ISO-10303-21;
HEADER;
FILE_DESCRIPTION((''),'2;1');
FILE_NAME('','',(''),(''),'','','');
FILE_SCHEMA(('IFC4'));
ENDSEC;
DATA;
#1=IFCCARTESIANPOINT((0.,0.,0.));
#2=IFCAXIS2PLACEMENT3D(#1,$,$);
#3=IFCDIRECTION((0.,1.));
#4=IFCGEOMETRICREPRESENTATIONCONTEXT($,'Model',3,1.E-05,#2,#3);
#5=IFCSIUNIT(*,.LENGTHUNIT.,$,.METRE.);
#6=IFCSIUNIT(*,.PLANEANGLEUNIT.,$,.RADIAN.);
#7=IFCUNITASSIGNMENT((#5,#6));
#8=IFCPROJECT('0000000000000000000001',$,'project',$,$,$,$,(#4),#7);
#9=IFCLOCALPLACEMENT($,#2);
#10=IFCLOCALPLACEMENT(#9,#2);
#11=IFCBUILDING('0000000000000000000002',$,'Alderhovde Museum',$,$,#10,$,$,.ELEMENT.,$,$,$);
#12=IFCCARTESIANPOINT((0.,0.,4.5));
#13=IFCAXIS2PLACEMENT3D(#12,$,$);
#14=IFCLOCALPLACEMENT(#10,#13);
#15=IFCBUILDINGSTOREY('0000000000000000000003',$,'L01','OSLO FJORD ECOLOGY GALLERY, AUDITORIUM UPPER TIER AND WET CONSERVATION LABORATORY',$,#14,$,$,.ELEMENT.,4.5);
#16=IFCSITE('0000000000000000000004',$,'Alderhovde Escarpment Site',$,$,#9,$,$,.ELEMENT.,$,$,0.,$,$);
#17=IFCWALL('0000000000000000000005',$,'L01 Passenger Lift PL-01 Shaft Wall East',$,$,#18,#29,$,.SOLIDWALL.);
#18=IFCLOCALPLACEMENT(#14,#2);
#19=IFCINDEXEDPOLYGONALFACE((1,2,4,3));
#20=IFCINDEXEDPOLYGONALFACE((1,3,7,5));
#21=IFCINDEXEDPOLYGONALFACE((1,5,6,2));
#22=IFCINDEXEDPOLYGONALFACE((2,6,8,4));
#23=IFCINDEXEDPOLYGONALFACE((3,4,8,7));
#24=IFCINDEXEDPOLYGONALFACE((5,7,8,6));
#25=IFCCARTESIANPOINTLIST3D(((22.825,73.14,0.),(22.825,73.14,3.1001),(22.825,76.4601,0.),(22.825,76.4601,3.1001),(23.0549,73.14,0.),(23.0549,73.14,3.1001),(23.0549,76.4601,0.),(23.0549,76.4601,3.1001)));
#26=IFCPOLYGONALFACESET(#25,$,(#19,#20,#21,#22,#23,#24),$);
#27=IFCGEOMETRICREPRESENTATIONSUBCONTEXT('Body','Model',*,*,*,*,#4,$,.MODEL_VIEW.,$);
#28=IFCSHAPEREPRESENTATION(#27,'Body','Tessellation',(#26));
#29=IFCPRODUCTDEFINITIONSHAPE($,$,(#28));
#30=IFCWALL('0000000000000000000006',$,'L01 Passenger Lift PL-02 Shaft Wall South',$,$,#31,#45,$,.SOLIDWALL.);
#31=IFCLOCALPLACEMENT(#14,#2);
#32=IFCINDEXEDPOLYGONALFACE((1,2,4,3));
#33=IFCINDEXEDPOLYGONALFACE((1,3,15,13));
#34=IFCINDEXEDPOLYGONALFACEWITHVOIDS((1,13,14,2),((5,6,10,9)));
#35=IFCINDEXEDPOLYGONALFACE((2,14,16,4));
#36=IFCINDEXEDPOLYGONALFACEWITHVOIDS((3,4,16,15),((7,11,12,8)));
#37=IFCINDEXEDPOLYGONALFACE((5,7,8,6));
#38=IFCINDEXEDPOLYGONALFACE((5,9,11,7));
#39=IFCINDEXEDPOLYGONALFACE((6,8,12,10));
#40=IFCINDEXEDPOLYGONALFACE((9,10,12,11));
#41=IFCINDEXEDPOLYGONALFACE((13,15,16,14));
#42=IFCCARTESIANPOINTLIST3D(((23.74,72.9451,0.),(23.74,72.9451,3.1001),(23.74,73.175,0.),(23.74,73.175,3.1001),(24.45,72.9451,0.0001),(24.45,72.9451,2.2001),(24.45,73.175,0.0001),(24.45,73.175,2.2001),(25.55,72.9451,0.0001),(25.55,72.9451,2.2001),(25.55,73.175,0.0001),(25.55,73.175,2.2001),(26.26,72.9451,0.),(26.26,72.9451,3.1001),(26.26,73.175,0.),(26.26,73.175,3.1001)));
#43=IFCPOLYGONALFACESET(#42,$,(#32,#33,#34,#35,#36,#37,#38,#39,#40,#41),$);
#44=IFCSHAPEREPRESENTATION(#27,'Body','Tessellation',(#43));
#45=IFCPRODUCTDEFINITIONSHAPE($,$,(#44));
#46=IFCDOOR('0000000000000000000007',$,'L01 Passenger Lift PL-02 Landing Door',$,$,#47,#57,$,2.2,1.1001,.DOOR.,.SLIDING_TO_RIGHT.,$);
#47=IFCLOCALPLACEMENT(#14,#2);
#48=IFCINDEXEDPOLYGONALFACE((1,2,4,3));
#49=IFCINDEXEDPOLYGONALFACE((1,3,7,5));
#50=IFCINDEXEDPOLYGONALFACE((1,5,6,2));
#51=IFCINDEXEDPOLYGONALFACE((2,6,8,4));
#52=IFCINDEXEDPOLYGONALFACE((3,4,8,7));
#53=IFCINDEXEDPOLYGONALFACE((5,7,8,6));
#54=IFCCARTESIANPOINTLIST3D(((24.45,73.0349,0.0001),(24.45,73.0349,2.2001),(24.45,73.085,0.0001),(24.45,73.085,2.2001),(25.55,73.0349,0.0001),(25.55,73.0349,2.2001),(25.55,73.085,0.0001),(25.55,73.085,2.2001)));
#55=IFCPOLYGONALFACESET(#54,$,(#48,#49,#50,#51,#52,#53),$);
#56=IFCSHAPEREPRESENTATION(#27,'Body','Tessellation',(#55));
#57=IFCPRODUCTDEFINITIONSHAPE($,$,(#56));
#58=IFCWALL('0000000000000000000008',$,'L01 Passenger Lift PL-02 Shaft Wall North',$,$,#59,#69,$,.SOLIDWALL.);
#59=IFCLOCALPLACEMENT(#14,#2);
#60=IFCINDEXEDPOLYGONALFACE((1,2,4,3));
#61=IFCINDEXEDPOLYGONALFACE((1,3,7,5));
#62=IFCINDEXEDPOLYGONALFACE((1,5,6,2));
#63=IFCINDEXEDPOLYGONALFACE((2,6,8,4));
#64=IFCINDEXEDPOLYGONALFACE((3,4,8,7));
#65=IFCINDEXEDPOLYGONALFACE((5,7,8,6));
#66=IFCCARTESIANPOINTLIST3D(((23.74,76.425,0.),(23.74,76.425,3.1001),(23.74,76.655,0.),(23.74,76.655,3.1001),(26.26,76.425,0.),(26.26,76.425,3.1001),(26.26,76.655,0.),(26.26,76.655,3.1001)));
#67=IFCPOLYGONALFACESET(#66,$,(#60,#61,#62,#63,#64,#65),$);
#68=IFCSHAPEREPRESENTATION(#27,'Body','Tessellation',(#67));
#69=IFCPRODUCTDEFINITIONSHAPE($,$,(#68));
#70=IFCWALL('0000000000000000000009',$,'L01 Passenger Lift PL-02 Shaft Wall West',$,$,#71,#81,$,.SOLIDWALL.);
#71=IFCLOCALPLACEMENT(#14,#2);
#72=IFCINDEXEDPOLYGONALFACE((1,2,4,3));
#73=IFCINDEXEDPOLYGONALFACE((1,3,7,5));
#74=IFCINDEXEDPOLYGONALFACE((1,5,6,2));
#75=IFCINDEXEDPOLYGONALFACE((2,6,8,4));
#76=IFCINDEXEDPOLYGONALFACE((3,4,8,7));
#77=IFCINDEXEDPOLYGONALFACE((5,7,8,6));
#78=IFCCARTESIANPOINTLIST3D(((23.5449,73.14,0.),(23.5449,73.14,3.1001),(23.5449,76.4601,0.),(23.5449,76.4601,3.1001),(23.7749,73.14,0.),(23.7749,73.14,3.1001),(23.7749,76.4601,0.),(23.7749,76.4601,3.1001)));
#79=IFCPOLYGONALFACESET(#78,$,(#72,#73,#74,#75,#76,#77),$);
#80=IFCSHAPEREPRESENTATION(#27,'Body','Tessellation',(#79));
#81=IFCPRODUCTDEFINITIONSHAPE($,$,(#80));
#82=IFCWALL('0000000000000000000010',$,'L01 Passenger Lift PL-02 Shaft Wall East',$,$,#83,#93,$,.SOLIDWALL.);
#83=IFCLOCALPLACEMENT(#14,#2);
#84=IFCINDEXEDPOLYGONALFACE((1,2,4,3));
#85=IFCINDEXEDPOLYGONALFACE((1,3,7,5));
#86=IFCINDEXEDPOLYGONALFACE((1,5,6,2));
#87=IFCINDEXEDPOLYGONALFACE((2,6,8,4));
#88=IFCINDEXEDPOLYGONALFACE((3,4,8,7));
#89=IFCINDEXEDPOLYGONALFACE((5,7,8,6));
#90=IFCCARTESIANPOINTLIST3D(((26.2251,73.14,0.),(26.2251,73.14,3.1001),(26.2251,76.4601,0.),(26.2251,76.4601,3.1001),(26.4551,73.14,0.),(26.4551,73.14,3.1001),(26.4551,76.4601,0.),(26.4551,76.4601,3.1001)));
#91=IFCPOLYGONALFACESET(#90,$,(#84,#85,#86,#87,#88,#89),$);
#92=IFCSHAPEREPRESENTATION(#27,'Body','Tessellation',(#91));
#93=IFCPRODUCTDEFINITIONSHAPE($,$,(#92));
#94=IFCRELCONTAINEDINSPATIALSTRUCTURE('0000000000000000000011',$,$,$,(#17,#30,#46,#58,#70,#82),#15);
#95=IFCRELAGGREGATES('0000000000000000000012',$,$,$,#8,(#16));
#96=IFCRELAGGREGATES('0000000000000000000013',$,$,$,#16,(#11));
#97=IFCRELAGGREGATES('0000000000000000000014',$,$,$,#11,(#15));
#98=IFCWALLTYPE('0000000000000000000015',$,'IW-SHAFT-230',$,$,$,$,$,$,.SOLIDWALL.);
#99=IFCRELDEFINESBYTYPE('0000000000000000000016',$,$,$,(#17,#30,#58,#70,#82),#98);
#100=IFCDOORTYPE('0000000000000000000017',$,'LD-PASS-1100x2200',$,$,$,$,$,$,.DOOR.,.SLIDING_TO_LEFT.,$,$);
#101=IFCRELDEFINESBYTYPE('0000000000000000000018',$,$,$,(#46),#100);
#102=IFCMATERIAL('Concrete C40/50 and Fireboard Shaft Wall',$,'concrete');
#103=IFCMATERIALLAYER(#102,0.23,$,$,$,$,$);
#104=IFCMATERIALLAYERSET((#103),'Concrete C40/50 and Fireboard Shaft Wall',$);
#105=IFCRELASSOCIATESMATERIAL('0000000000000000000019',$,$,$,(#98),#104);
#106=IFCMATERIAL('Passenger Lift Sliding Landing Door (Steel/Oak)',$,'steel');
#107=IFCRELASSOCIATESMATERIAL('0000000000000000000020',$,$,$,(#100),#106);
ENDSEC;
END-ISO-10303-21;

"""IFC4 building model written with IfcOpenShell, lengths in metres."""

from ifc_helpers import new_model, si_unit, direction, frame, frame_2d, origin, place, context, subcontext, project, spatial, rectangle, extrude, material, layer, layer_set, type_object, element, fill, save


model = new_model("IFC4")

# Units and contexts
model_context = context("Model", 3, precision=1e-05, world=origin(), true_north=direction((0.0, 1.0)))
body_context = subcontext(model_context, "Body", "Model", "MODEL_VIEW")
ifc_project = project(units=[si_unit("LENGTHUNIT", "METRE"), si_unit("PLANEANGLEUNIT", "RADIAN")], contexts=[model_context])

# Site, building, storey
site_placement = place(None, origin())
site = spatial("IfcSite", under=ifc_project, at=site_placement, Name="Alderhovde Escarpment Site", CompositionType="ELEMENT", RefElevation=0.0)
building_placement = place(site_placement, origin())
building = spatial("IfcBuilding", under=site, at=building_placement, Name="Alderhovde Museum", CompositionType="ELEMENT")
storey_placement = place(building_placement, frame((0.0, 0.0, 4.5)))
storey = spatial("IfcBuildingStorey", under=building, at=storey_placement, Name="L01", Description="OSLO FJORD ECOLOGY GALLERY, AUDITORIUM UPPER TIER AND WET CONSERVATION LABORATORY", CompositionType="ELEMENT", Elevation=4.5)

# Shared definitions
ifc_material_1 = material(Name="Concrete C40/50 and Fireboard Shaft Wall", Category="concrete")
ifc_layer_1 = layer(ifc_material_1, 0.23)
ifc_layer_set_1 = layer_set([ifc_layer_1], Name="Concrete C40/50 and Fireboard Shaft Wall")
wall_type_1 = type_object("IfcWallType", Name="IW-SHAFT-230", PredefinedType="SOLIDWALL", material=ifc_layer_set_1)
ifc_material_2 = material(Name="Passenger Lift Sliding Landing Door (Steel/Oak)", Category="steel")
door_type = type_object("IfcDoorType", Name="LD-PASS-1100x2200", OperationType="SLIDING_TO_LEFT", PredefinedType="DOOR", material=ifc_material_2)

# Wall
for number, where, z_axis, x_axis, name in (
    (1, (22.9399, 73.1399, 0.0), (0.0, 0.0, 1.0), (0.0, 1.0, 0.0), "L01 Passenger Lift PL-01 Shaft Wall East"),
):
    element("IfcWall", number, at=place(storey_placement, frame(where, z_axis=z_axis, x_axis=x_axis)), inside=storey, type_object=wall_type_1, Name=name, PredefinedType="SOLIDWALL", context=body_context, shape_type="SweptSolid", body=[
        extrude(rectangle(XDim=3.3201, YDim=0.23, at=frame_2d((1.6602, 0.0))), origin(), (0.0, 0.0, 1.0), 3.1001),
    ])

# Wall, opening, door
wall_1_placement = place(storey_placement, frame((23.74, 73.0601, 0.0), z_axis=(0.0, 0.0, 1.0), x_axis=(1.0, 0.0, 0.0)))
wall_1 = element("IfcWall", 2, at=wall_1_placement, inside=storey, type_object=wall_type_1, Name="L01 Passenger Lift PL-02 Shaft Wall South", PredefinedType="SOLIDWALL", context=body_context, shape_type="SweptSolid", body=[
    extrude(rectangle(XDim=2.52, YDim=0.23, at=frame_2d((1.26, 0.0))), origin(), (0.0, 0.0, 1.0), 3.1001),
])
opening_1_placement = place(wall_1_placement, frame((0.71, 0.0, 0.0)))
opening_1 = element("IfcOpeningElement", 3, at=opening_1_placement, cuts=wall_1, PredefinedType="OPENING", context=body_context, shape_type="SweptSolid", body=[
    extrude(rectangle(XDim=1.1001, YDim=2.2, at=frame_2d((0.55, 1.1001))), frame((0.0, 0.125, 0.0), z_axis=(0.0, -1.0, 0.0), x_axis=(1.0, 0.0, 0.0)), (0.0, 0.0, 1.0), 0.25),
])
door_1_placement = place(opening_1_placement, origin())
door_1 = element("IfcDoor", 4, at=door_1_placement, inside=storey, type_object=door_type, Name="L01 Passenger Lift PL-02 Landing Door", OperationType="SLIDING_TO_RIGHT", OverallHeight=2.2, OverallWidth=1.1001, PredefinedType="DOOR", context=body_context, shape_type="SweptSolid", body=[
    extrude(rectangle(XDim=1.1001, YDim=2.2, at=frame_2d((0.55, 1.1001))), frame((0.0, 0.0249, 0.0), z_axis=(0.0, -1.0, 0.0), x_axis=(1.0, 0.0, 0.0)), (0.0, 0.0, 1.0), 0.05),
])
fill(opening_1, door_1)

# Walls
wall_2_placement = place(storey_placement, frame((23.74, 76.54, 0.0), z_axis=(0.0, 0.0, 1.0), x_axis=(1.0, 0.0, 0.0)))
element("IfcWall", 5, at=wall_2_placement, inside=storey, type_object=wall_type_1, Name="L01 Passenger Lift PL-02 Shaft Wall North", PredefinedType="SOLIDWALL", context=body_context, shape_type="SweptSolid", body=[
    extrude(rectangle(XDim=2.52, YDim=0.23, at=frame_2d((1.26, 0.0))), origin(), (0.0, 0.0, 1.0), 3.1001),
])
for number, where, z_axis, x_axis, name in (
    (6, (23.6599, 73.1399, 0.0), (0.0, 0.0, 1.0), (0.0, 1.0, 0.0), "L01 Passenger Lift PL-02 Shaft Wall West"),
    (7, (26.3401, 73.1399, 0.0), (0.0, 0.0, 1.0), (0.0, 1.0, 0.0), "L01 Passenger Lift PL-02 Shaft Wall East"),
):
    element("IfcWall", number, at=place(storey_placement, frame(where, z_axis=z_axis, x_axis=x_axis)), inside=storey, type_object=wall_type_1, Name=name, PredefinedType="SOLIDWALL", context=body_context, shape_type="SweptSolid", body=[
        extrude(rectangle(XDim=3.3201, YDim=0.23, at=frame_2d((1.6602, 0.0))), origin(), (0.0, 0.0, 1.0), 3.1001),
    ])

save(model, "model.ifc")
